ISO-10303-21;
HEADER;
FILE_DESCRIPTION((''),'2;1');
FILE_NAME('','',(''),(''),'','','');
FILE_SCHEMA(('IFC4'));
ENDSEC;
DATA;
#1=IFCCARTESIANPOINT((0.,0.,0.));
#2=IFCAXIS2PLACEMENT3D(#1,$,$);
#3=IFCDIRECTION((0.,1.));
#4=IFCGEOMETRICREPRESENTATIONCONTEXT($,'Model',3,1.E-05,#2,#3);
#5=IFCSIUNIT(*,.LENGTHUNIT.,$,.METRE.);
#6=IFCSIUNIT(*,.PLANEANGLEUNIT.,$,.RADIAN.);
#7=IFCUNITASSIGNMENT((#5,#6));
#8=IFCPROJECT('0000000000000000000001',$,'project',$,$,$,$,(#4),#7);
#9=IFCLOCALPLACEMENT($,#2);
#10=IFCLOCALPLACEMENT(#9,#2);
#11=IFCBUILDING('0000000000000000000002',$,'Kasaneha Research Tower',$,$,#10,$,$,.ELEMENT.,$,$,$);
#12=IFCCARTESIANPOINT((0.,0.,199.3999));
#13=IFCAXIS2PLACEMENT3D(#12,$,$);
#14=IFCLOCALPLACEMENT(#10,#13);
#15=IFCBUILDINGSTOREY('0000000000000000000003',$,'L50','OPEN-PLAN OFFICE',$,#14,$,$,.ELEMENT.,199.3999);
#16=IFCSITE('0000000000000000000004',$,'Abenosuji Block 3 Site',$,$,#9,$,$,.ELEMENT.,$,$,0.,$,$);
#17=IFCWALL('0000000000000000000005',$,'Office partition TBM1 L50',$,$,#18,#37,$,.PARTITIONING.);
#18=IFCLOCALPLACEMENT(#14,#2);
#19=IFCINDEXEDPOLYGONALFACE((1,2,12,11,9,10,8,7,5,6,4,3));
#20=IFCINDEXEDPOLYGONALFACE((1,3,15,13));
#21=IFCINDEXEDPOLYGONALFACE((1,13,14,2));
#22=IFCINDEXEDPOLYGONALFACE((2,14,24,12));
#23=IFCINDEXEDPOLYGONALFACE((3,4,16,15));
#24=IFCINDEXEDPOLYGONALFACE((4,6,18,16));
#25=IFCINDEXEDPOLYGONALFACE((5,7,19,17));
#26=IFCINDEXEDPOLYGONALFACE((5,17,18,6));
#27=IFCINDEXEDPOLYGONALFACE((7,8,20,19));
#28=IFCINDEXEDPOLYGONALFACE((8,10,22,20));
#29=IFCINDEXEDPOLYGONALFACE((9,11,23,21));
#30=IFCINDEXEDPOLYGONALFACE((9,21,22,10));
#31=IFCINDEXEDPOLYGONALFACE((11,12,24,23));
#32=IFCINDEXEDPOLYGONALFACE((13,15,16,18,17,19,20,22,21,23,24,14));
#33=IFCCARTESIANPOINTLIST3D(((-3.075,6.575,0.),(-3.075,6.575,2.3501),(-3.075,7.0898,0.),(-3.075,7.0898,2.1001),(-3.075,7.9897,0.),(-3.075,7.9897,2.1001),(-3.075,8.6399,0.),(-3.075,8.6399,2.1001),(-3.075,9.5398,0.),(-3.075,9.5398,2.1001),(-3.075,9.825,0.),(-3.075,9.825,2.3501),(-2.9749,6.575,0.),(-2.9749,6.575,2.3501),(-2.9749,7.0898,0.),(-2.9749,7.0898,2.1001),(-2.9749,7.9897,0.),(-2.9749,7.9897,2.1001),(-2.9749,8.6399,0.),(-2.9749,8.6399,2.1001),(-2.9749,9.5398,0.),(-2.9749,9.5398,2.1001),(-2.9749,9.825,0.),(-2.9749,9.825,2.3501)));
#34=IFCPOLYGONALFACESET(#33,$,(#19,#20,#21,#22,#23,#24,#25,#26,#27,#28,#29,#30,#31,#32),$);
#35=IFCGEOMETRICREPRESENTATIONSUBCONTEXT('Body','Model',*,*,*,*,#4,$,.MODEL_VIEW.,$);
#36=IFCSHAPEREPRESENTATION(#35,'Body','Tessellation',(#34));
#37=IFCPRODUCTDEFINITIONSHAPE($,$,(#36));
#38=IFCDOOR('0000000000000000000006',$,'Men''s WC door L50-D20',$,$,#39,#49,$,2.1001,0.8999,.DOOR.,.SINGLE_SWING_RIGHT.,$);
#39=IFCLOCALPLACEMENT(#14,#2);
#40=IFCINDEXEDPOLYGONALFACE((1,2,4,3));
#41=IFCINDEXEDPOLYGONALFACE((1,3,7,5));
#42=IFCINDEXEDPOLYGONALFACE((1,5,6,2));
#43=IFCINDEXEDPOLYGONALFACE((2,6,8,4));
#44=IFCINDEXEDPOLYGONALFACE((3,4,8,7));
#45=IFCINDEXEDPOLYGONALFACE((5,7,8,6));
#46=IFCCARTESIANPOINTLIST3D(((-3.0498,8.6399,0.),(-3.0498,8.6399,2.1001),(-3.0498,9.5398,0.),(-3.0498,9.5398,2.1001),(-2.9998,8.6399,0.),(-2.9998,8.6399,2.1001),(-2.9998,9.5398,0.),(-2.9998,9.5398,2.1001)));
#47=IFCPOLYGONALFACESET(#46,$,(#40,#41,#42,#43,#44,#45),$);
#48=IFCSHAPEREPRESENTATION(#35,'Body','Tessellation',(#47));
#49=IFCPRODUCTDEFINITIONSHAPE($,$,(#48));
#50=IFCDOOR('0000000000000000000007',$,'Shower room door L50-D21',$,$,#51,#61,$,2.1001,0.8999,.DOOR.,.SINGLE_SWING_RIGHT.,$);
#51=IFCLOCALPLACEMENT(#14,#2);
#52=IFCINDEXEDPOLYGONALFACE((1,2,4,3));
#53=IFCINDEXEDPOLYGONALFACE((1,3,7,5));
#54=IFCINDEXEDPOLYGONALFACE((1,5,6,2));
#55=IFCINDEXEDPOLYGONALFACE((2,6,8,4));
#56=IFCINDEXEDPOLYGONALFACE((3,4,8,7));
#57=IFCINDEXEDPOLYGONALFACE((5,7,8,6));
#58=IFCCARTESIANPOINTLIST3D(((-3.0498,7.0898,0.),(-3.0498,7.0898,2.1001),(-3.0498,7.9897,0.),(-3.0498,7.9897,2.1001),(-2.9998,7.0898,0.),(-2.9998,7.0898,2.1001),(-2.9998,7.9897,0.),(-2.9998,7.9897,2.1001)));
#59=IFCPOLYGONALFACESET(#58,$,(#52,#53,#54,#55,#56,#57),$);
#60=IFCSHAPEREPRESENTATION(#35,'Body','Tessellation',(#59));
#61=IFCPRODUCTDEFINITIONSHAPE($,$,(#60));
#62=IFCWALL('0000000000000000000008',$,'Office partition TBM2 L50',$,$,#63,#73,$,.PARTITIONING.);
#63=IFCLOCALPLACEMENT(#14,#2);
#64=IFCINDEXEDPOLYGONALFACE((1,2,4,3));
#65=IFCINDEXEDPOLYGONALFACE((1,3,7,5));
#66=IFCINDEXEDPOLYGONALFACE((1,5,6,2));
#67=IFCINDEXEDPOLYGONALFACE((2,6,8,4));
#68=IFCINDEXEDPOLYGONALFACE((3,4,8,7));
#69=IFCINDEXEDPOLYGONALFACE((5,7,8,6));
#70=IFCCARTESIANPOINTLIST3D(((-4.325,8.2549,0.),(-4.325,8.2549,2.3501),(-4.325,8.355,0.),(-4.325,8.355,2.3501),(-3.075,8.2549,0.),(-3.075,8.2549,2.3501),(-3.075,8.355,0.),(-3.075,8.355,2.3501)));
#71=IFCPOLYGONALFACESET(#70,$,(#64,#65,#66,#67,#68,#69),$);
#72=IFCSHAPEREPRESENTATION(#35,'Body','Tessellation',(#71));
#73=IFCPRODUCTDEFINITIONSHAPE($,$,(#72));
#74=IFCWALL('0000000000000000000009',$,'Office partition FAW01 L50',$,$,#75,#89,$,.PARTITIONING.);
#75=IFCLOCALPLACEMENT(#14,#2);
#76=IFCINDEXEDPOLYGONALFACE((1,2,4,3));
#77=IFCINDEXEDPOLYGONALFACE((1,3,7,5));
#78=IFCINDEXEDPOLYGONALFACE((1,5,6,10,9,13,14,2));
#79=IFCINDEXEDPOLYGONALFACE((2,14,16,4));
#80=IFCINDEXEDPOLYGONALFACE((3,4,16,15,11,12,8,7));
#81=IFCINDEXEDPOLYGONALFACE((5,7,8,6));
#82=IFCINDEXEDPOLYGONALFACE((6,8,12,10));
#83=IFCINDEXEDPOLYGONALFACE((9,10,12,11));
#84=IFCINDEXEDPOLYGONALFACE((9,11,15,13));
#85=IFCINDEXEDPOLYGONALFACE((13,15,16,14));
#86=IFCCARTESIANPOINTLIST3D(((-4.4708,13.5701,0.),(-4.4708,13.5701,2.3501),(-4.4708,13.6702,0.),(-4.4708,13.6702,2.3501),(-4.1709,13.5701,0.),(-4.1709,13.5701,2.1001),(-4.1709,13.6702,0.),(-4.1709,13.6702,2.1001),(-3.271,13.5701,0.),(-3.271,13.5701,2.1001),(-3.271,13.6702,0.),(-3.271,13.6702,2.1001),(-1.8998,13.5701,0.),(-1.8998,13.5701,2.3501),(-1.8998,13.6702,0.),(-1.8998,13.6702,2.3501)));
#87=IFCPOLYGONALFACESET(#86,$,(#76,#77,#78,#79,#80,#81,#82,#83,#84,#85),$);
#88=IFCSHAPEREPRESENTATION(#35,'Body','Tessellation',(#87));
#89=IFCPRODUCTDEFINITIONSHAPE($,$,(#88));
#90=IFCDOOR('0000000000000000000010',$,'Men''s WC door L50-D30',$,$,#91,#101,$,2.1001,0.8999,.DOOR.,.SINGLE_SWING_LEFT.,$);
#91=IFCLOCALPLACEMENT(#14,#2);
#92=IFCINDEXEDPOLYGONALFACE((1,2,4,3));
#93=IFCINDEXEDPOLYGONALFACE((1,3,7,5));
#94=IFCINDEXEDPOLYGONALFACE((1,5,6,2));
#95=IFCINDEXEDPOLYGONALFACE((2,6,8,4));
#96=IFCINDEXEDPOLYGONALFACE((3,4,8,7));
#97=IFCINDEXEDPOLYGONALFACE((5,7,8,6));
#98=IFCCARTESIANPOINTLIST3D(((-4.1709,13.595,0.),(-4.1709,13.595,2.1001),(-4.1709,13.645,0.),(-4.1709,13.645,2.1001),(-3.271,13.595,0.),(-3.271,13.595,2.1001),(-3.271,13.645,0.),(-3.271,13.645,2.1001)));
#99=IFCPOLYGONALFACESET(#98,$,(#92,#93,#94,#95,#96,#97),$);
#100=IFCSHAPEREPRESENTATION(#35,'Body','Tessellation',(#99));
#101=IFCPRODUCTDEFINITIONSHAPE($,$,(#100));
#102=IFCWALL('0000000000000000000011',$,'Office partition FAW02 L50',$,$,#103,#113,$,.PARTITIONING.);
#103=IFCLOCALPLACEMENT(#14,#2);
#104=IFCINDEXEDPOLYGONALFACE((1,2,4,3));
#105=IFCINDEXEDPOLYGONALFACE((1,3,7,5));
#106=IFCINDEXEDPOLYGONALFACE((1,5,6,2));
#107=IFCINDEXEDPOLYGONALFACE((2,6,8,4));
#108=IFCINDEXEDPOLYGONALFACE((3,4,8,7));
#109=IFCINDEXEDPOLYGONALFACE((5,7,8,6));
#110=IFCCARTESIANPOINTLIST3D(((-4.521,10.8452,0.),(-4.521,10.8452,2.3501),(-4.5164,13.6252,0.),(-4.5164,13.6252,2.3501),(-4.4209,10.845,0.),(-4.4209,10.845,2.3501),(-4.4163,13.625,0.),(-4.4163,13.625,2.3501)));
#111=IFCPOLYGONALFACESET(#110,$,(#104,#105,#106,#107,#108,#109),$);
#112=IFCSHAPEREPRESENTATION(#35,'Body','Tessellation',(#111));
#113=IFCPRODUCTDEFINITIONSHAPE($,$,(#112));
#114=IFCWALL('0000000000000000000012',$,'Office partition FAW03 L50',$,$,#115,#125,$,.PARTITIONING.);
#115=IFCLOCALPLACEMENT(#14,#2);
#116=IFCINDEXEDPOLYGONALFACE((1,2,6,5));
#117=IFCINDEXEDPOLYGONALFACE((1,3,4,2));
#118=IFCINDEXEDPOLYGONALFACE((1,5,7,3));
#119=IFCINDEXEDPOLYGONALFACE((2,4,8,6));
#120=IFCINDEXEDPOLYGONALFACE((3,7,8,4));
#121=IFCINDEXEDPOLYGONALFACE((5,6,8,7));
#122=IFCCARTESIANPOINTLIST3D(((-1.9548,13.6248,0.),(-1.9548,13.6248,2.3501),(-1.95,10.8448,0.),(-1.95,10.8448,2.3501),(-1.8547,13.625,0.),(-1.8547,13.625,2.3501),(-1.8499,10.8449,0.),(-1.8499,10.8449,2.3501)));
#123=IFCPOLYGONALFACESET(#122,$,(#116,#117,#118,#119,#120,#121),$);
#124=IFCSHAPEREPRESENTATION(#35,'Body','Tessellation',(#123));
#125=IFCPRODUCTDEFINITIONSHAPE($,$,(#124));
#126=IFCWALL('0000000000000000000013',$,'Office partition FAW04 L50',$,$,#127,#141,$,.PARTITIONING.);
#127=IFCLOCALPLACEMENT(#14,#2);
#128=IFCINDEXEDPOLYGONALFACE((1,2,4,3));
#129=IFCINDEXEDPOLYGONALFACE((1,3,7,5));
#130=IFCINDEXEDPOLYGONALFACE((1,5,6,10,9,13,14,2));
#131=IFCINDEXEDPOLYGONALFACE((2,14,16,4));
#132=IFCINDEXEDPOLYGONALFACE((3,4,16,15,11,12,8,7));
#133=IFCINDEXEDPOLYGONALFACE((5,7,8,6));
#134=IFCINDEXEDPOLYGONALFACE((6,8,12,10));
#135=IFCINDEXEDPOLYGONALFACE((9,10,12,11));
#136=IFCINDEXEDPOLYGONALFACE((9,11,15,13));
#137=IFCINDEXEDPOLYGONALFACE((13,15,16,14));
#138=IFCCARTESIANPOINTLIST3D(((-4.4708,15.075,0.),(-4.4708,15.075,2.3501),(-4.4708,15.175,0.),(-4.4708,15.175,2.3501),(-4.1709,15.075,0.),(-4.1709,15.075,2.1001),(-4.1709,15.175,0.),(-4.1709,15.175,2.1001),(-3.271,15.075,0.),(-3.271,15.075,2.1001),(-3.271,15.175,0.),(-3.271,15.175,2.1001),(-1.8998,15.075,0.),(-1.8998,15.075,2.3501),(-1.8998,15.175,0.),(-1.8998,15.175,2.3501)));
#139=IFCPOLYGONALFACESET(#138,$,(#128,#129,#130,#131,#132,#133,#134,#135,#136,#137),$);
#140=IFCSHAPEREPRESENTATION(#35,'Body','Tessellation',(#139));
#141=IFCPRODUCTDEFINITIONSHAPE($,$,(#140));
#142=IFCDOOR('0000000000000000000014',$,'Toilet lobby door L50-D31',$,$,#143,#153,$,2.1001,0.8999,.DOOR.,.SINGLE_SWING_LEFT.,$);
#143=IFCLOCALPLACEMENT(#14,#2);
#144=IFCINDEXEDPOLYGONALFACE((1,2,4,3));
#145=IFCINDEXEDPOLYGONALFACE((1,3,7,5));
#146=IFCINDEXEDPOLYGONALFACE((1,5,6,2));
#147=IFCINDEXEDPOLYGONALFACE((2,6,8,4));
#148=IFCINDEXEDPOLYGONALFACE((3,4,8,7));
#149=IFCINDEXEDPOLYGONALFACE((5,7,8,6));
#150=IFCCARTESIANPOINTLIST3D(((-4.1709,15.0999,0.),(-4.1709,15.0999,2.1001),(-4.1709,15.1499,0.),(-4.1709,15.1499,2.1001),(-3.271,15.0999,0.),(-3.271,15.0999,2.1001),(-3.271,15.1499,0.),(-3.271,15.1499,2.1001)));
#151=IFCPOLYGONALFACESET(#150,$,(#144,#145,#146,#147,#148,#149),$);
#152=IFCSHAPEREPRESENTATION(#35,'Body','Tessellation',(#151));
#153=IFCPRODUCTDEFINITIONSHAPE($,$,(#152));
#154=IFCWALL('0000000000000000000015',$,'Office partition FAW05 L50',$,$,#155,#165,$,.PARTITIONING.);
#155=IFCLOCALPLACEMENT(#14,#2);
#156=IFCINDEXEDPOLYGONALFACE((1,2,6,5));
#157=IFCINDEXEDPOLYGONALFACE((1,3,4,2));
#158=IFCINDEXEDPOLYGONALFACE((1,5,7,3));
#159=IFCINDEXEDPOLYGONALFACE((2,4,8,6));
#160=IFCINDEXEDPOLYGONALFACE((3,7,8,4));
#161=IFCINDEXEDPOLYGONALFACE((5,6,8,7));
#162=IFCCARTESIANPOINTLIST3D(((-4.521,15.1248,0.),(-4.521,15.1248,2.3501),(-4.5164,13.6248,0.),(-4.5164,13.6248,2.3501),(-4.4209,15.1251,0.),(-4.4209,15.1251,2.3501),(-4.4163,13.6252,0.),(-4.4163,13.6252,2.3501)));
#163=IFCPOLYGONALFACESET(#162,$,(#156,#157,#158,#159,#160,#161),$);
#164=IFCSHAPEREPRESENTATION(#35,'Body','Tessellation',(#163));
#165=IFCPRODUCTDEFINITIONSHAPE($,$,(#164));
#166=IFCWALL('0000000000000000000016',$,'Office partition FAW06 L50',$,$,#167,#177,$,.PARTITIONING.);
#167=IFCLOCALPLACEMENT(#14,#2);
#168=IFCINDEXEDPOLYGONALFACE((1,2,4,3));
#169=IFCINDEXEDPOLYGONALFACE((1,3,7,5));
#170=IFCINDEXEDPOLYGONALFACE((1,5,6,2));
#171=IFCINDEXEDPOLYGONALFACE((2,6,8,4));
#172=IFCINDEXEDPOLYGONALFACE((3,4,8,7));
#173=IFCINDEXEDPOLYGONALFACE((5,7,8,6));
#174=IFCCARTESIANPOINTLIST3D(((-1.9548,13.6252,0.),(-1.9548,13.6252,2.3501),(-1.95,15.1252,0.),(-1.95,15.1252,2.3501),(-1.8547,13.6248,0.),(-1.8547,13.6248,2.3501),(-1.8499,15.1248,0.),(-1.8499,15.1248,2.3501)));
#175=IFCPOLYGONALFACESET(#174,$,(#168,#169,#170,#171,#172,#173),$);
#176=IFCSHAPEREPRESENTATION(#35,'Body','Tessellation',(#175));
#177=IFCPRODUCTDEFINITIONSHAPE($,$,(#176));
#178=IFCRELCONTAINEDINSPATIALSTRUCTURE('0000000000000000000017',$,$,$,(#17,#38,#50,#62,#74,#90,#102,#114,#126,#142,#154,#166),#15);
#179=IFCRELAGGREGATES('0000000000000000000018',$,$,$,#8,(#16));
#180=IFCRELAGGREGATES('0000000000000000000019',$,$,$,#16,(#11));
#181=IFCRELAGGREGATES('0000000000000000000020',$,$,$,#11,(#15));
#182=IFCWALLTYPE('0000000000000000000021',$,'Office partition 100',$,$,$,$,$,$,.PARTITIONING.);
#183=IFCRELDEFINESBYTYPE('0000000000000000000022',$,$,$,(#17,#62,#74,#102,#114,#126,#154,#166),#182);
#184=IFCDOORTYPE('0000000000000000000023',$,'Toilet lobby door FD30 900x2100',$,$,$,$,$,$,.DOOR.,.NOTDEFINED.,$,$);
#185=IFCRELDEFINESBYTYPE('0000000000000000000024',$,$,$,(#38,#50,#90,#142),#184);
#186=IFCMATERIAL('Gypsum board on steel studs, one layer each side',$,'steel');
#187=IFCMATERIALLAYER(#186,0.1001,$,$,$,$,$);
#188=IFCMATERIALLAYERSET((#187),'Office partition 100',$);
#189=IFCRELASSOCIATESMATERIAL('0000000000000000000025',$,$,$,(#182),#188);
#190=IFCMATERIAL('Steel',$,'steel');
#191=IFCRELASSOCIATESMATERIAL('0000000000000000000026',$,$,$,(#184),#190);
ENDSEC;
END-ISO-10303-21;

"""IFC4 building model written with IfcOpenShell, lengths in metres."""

from ifc_helpers import new_model, si_unit, direction, frame, frame_2d, origin, place, context, subcontext, project, spatial, rectangle, extrude, material, layer, layer_set, type_object, element, fill, save


model = new_model("IFC4")

# Units and contexts
model_context = context("Model", 3, precision=1e-05, world=origin(), true_north=direction((0.0, 1.0)))
body_context = subcontext(model_context, "Body", "Model", "MODEL_VIEW")
ifc_project = project(units=[si_unit("LENGTHUNIT", "METRE"), si_unit("PLANEANGLEUNIT", "RADIAN")], contexts=[model_context])

# Site, building, storey
site_placement = place(None, origin())
site = spatial("IfcSite", under=ifc_project, at=site_placement, Name="Abenosuji Block 3 Site", CompositionType="ELEMENT", RefElevation=0.0)
building_placement = place(site_placement, origin())
building = spatial("IfcBuilding", under=site, at=building_placement, Name="Kasaneha Research Tower", CompositionType="ELEMENT")
storey_placement = place(building_placement, frame((0.0, 0.0, 199.3999)))
storey = spatial("IfcBuildingStorey", under=building, at=storey_placement, Name="L50", Description="OPEN-PLAN OFFICE", CompositionType="ELEMENT", Elevation=199.3999)

# Wall, openings, doors
ifc_material_1 = material(Name="Gypsum board on steel studs, one layer each side", Category="steel")
ifc_layer_1 = layer(ifc_material_1, 0.1001)
ifc_layer_set_1 = layer_set([ifc_layer_1], Name="Office partition 100")
wall_type_1 = type_object("IfcWallType", Name="Office partition 100", PredefinedType="PARTITIONING", material=ifc_layer_set_1)
wall_1_placement = place(storey_placement, frame((-3.0249, 6.575, 0.0), z_axis=(0.0, 0.0, 1.0), x_axis=(0.0, 1.0, 0.0)))
wall_1 = element("IfcWall", 1, at=wall_1_placement, inside=storey, type_object=wall_type_1, Name="Office partition TBM1 L50", PredefinedType="PARTITIONING", context=body_context, shape_type="SweptSolid", body=[
    extrude(rectangle(XDim=3.25, YDim=0.1001, at=frame_2d((1.625, 0.0))), origin(), (0.0, 0.0, 1.0), 2.3501),
])
opening_1_placement = place(wall_1_placement, frame((2.0649, 0.0, 0.0)))
opening_1 = element("IfcOpeningElement", 2, at=opening_1_placement, cuts=wall_1, PredefinedType="OPENING", context=body_context, shape_type="SweptSolid", body=[
    extrude(rectangle(XDim=0.8999, YDim=2.1001, at=frame_2d((0.45, 1.05))), frame((0.0, 0.0601, 0.0), z_axis=(0.0, -1.0, 0.0), x_axis=(1.0, 0.0, 0.0)), (0.0, 0.0, 1.0), 0.1201),
])
opening_2_placement = place(wall_1_placement, frame((0.5149, 0.0, 0.0)))
opening_2 = element("IfcOpeningElement", 3, at=opening_2_placement, cuts=wall_1, PredefinedType="OPENING", context=body_context, shape_type="SweptSolid", body=[
    extrude(rectangle(XDim=0.8999, YDim=2.1001, at=frame_2d((0.45, 1.05))), frame((0.0, 0.0601, 0.0), z_axis=(0.0, -1.0, 0.0), x_axis=(1.0, 0.0, 0.0)), (0.0, 0.0, 1.0), 0.1201),
])
ifc_material_2 = material(Name="Steel", Category="steel")
door_type_1 = type_object("IfcDoorType", Name="Toilet lobby door FD30 900x2100", OperationType="NOTDEFINED", PredefinedType="DOOR", material=ifc_material_2)
door_1_placement = place(opening_1_placement, origin())
door_1 = element("IfcDoor", 4, at=door_1_placement, inside=storey, type_object=door_type_1, Name="Men's WC door L50-D20", OperationType="SINGLE_SWING_RIGHT", OverallHeight=2.1001, OverallWidth=0.8999, PredefinedType="DOOR", context=body_context, shape_type="SweptSolid", body=[
    extrude(rectangle(XDim=0.8999, YDim=2.1001, at=frame_2d((0.45, 1.05))), frame((0.0, 0.0249, 0.0), z_axis=(0.0, -1.0, 0.0), x_axis=(1.0, 0.0, 0.0)), (0.0, 0.0, 1.0), 0.05),
])
fill(opening_1, door_1)
door_2_placement = place(opening_2_placement, origin())
door_2 = element("IfcDoor", 5, at=door_2_placement, inside=storey, type_object=door_type_1, Name="Shower room door L50-D21", OperationType="SINGLE_SWING_RIGHT", OverallHeight=2.1001, OverallWidth=0.8999, PredefinedType="DOOR", context=body_context, shape_type="SweptSolid", body=[
    extrude(rectangle(XDim=0.8999, YDim=2.1001, at=frame_2d((0.45, 1.05))), frame((0.0, 0.0249, 0.0), z_axis=(0.0, -1.0, 0.0), x_axis=(1.0, 0.0, 0.0)), (0.0, 0.0, 1.0), 0.05),
])
fill(opening_2, door_2)

# Wall
wall_2_placement = place(storey_placement, frame((-3.075, 8.3049, 0.0), z_axis=(0.0, 0.0, 1.0), x_axis=(-1.0, 0.0, 0.0)))
element("IfcWall", 6, at=wall_2_placement, inside=storey, type_object=wall_type_1, Name="Office partition TBM2 L50", PredefinedType="PARTITIONING", context=body_context, shape_type="SweptSolid", body=[
    extrude(rectangle(XDim=1.25, YDim=0.1001, at=frame_2d((0.625, 0.0))), origin(), (0.0, 0.0, 1.0), 2.3501),
])

# Wall, opening, door
wall_3_placement = place(storey_placement, frame((-4.4709, 13.6201, 0.0), z_axis=(0.0, 0.0, 1.0), x_axis=(1.0, 0.0, 0.0)))
wall_3 = element("IfcWall", 7, at=wall_3_placement, inside=storey, type_object=wall_type_1, Name="Office partition FAW01 L50", PredefinedType="PARTITIONING", context=body_context, shape_type="SweptSolid", body=[
    extrude(rectangle(XDim=2.571, YDim=0.1001, at=frame_2d((1.2856, 0.0))), origin(), (0.0, 0.0, 1.0), 2.3501),
])
opening_3_placement = place(wall_3_placement, frame((0.3, 0.0, 0.0)))
opening_3 = element("IfcOpeningElement", 8, at=opening_3_placement, cuts=wall_3, PredefinedType="OPENING", context=body_context, shape_type="SweptSolid", body=[
    extrude(rectangle(XDim=0.8999, YDim=2.1001, at=frame_2d((0.45, 1.05))), frame((0.0, 0.0601, 0.0), z_axis=(0.0, -1.0, 0.0), x_axis=(1.0, 0.0, 0.0)), (0.0, 0.0, 1.0), 0.1201),
])
door_3_placement = place(opening_3_placement, origin())
door_3 = element("IfcDoor", 9, at=door_3_placement, inside=storey, type_object=door_type_1, Name="Men's WC door L50-D30", OperationType="SINGLE_SWING_LEFT", OverallHeight=2.1001, OverallWidth=0.8999, PredefinedType="DOOR", context=body_context, shape_type="SweptSolid", body=[
    extrude(rectangle(XDim=0.8999, YDim=2.1001, at=frame_2d((0.45, 1.05))), frame((0.0, 0.0249, 0.0), z_axis=(0.0, -1.0, 0.0), x_axis=(1.0, 0.0, 0.0)), (0.0, 0.0, 1.0), 0.05),
])
fill(opening_3, door_3)

# Walls
for number, where, z_axis, x_axis, name in (
    (10, (-4.4709, 10.845, 0.0), (0.0, 0.0, 1.0), (0.001669, 0.999999, 0.0), "Office partition FAW02 L50"),
    (11, (-1.9048, 13.625, 0.0), (0.0, 0.0, 1.0), (0.001756, -0.999998, 0.0), "Office partition FAW03 L50"),
):
    element("IfcWall", number, at=place(storey_placement, frame(where, z_axis=z_axis, x_axis=x_axis)), inside=storey, type_object=wall_type_1, Name=name, PredefinedType="PARTITIONING", context=body_context, shape_type="SweptSolid", body=[
        extrude(rectangle(XDim=2.78, YDim=0.1001, at=frame_2d((1.3901, 0.0))), origin(), (0.0, 0.0, 1.0), 2.3501),
    ])

# Wall, opening, door
wall_4_placement = place(storey_placement, frame((-4.4709, 15.125, 0.0), z_axis=(0.0, 0.0, 1.0), x_axis=(1.0, 0.0, 0.0)))
wall_4 = element("IfcWall", 12, at=wall_4_placement, inside=storey, type_object=wall_type_1, Name="Office partition FAW04 L50", PredefinedType="PARTITIONING", context=body_context, shape_type="SweptSolid", body=[
    extrude(rectangle(XDim=2.571, YDim=0.1001, at=frame_2d((1.2856, 0.0))), origin(), (0.0, 0.0, 1.0), 2.3501),
])
opening_4_placement = place(wall_4_placement, frame((0.3, 0.0, 0.0)))
opening_4 = element("IfcOpeningElement", 13, at=opening_4_placement, cuts=wall_4, PredefinedType="OPENING", context=body_context, shape_type="SweptSolid", body=[
    extrude(rectangle(XDim=0.8999, YDim=2.1001, at=frame_2d((0.45, 1.05))), frame((0.0, 0.0601, 0.0), z_axis=(0.0, -1.0, 0.0), x_axis=(1.0, 0.0, 0.0)), (0.0, 0.0, 1.0), 0.1201),
])
door_4_placement = place(opening_4_placement, origin())
door_4 = element("IfcDoor", 14, at=door_4_placement, inside=storey, type_object=door_type_1, Name="Toilet lobby door L50-D31", OperationType="SINGLE_SWING_LEFT", OverallHeight=2.1001, OverallWidth=0.8999, PredefinedType="DOOR", context=body_context, shape_type="SweptSolid", body=[
    extrude(rectangle(XDim=0.8999, YDim=2.1001, at=frame_2d((0.45, 1.05))), frame((0.0, 0.0249, 0.0), z_axis=(0.0, -1.0, 0.0), x_axis=(1.0, 0.0, 0.0)), (0.0, 0.0, 1.0), 0.05),
])
fill(opening_4, door_4)

# Walls
for number, where, z_axis, x_axis, name in (
    (15, (-4.4663, 13.625, 0.0), (0.0, 0.0, 1.0), (-0.003092, 0.999995, 0.0), "Office partition FAW05 L50"),
    (16, (-1.8999, 15.125, 0.0), (0.0, 0.0, 1.0), (-0.003255, -0.999995, 0.0), "Office partition FAW06 L50"),
):
    element("IfcWall", number, at=place(storey_placement, frame(where, z_axis=z_axis, x_axis=x_axis)), inside=storey, type_object=wall_type_1, Name=name, PredefinedType="PARTITIONING", context=body_context, shape_type="SweptSolid", body=[
        extrude(rectangle(XDim=1.5, YDim=0.1001, at=frame_2d((0.75, 0.0))), origin(), (0.0, 0.0, 1.0), 2.3501),
    ])

save(model, "model.ifc")
